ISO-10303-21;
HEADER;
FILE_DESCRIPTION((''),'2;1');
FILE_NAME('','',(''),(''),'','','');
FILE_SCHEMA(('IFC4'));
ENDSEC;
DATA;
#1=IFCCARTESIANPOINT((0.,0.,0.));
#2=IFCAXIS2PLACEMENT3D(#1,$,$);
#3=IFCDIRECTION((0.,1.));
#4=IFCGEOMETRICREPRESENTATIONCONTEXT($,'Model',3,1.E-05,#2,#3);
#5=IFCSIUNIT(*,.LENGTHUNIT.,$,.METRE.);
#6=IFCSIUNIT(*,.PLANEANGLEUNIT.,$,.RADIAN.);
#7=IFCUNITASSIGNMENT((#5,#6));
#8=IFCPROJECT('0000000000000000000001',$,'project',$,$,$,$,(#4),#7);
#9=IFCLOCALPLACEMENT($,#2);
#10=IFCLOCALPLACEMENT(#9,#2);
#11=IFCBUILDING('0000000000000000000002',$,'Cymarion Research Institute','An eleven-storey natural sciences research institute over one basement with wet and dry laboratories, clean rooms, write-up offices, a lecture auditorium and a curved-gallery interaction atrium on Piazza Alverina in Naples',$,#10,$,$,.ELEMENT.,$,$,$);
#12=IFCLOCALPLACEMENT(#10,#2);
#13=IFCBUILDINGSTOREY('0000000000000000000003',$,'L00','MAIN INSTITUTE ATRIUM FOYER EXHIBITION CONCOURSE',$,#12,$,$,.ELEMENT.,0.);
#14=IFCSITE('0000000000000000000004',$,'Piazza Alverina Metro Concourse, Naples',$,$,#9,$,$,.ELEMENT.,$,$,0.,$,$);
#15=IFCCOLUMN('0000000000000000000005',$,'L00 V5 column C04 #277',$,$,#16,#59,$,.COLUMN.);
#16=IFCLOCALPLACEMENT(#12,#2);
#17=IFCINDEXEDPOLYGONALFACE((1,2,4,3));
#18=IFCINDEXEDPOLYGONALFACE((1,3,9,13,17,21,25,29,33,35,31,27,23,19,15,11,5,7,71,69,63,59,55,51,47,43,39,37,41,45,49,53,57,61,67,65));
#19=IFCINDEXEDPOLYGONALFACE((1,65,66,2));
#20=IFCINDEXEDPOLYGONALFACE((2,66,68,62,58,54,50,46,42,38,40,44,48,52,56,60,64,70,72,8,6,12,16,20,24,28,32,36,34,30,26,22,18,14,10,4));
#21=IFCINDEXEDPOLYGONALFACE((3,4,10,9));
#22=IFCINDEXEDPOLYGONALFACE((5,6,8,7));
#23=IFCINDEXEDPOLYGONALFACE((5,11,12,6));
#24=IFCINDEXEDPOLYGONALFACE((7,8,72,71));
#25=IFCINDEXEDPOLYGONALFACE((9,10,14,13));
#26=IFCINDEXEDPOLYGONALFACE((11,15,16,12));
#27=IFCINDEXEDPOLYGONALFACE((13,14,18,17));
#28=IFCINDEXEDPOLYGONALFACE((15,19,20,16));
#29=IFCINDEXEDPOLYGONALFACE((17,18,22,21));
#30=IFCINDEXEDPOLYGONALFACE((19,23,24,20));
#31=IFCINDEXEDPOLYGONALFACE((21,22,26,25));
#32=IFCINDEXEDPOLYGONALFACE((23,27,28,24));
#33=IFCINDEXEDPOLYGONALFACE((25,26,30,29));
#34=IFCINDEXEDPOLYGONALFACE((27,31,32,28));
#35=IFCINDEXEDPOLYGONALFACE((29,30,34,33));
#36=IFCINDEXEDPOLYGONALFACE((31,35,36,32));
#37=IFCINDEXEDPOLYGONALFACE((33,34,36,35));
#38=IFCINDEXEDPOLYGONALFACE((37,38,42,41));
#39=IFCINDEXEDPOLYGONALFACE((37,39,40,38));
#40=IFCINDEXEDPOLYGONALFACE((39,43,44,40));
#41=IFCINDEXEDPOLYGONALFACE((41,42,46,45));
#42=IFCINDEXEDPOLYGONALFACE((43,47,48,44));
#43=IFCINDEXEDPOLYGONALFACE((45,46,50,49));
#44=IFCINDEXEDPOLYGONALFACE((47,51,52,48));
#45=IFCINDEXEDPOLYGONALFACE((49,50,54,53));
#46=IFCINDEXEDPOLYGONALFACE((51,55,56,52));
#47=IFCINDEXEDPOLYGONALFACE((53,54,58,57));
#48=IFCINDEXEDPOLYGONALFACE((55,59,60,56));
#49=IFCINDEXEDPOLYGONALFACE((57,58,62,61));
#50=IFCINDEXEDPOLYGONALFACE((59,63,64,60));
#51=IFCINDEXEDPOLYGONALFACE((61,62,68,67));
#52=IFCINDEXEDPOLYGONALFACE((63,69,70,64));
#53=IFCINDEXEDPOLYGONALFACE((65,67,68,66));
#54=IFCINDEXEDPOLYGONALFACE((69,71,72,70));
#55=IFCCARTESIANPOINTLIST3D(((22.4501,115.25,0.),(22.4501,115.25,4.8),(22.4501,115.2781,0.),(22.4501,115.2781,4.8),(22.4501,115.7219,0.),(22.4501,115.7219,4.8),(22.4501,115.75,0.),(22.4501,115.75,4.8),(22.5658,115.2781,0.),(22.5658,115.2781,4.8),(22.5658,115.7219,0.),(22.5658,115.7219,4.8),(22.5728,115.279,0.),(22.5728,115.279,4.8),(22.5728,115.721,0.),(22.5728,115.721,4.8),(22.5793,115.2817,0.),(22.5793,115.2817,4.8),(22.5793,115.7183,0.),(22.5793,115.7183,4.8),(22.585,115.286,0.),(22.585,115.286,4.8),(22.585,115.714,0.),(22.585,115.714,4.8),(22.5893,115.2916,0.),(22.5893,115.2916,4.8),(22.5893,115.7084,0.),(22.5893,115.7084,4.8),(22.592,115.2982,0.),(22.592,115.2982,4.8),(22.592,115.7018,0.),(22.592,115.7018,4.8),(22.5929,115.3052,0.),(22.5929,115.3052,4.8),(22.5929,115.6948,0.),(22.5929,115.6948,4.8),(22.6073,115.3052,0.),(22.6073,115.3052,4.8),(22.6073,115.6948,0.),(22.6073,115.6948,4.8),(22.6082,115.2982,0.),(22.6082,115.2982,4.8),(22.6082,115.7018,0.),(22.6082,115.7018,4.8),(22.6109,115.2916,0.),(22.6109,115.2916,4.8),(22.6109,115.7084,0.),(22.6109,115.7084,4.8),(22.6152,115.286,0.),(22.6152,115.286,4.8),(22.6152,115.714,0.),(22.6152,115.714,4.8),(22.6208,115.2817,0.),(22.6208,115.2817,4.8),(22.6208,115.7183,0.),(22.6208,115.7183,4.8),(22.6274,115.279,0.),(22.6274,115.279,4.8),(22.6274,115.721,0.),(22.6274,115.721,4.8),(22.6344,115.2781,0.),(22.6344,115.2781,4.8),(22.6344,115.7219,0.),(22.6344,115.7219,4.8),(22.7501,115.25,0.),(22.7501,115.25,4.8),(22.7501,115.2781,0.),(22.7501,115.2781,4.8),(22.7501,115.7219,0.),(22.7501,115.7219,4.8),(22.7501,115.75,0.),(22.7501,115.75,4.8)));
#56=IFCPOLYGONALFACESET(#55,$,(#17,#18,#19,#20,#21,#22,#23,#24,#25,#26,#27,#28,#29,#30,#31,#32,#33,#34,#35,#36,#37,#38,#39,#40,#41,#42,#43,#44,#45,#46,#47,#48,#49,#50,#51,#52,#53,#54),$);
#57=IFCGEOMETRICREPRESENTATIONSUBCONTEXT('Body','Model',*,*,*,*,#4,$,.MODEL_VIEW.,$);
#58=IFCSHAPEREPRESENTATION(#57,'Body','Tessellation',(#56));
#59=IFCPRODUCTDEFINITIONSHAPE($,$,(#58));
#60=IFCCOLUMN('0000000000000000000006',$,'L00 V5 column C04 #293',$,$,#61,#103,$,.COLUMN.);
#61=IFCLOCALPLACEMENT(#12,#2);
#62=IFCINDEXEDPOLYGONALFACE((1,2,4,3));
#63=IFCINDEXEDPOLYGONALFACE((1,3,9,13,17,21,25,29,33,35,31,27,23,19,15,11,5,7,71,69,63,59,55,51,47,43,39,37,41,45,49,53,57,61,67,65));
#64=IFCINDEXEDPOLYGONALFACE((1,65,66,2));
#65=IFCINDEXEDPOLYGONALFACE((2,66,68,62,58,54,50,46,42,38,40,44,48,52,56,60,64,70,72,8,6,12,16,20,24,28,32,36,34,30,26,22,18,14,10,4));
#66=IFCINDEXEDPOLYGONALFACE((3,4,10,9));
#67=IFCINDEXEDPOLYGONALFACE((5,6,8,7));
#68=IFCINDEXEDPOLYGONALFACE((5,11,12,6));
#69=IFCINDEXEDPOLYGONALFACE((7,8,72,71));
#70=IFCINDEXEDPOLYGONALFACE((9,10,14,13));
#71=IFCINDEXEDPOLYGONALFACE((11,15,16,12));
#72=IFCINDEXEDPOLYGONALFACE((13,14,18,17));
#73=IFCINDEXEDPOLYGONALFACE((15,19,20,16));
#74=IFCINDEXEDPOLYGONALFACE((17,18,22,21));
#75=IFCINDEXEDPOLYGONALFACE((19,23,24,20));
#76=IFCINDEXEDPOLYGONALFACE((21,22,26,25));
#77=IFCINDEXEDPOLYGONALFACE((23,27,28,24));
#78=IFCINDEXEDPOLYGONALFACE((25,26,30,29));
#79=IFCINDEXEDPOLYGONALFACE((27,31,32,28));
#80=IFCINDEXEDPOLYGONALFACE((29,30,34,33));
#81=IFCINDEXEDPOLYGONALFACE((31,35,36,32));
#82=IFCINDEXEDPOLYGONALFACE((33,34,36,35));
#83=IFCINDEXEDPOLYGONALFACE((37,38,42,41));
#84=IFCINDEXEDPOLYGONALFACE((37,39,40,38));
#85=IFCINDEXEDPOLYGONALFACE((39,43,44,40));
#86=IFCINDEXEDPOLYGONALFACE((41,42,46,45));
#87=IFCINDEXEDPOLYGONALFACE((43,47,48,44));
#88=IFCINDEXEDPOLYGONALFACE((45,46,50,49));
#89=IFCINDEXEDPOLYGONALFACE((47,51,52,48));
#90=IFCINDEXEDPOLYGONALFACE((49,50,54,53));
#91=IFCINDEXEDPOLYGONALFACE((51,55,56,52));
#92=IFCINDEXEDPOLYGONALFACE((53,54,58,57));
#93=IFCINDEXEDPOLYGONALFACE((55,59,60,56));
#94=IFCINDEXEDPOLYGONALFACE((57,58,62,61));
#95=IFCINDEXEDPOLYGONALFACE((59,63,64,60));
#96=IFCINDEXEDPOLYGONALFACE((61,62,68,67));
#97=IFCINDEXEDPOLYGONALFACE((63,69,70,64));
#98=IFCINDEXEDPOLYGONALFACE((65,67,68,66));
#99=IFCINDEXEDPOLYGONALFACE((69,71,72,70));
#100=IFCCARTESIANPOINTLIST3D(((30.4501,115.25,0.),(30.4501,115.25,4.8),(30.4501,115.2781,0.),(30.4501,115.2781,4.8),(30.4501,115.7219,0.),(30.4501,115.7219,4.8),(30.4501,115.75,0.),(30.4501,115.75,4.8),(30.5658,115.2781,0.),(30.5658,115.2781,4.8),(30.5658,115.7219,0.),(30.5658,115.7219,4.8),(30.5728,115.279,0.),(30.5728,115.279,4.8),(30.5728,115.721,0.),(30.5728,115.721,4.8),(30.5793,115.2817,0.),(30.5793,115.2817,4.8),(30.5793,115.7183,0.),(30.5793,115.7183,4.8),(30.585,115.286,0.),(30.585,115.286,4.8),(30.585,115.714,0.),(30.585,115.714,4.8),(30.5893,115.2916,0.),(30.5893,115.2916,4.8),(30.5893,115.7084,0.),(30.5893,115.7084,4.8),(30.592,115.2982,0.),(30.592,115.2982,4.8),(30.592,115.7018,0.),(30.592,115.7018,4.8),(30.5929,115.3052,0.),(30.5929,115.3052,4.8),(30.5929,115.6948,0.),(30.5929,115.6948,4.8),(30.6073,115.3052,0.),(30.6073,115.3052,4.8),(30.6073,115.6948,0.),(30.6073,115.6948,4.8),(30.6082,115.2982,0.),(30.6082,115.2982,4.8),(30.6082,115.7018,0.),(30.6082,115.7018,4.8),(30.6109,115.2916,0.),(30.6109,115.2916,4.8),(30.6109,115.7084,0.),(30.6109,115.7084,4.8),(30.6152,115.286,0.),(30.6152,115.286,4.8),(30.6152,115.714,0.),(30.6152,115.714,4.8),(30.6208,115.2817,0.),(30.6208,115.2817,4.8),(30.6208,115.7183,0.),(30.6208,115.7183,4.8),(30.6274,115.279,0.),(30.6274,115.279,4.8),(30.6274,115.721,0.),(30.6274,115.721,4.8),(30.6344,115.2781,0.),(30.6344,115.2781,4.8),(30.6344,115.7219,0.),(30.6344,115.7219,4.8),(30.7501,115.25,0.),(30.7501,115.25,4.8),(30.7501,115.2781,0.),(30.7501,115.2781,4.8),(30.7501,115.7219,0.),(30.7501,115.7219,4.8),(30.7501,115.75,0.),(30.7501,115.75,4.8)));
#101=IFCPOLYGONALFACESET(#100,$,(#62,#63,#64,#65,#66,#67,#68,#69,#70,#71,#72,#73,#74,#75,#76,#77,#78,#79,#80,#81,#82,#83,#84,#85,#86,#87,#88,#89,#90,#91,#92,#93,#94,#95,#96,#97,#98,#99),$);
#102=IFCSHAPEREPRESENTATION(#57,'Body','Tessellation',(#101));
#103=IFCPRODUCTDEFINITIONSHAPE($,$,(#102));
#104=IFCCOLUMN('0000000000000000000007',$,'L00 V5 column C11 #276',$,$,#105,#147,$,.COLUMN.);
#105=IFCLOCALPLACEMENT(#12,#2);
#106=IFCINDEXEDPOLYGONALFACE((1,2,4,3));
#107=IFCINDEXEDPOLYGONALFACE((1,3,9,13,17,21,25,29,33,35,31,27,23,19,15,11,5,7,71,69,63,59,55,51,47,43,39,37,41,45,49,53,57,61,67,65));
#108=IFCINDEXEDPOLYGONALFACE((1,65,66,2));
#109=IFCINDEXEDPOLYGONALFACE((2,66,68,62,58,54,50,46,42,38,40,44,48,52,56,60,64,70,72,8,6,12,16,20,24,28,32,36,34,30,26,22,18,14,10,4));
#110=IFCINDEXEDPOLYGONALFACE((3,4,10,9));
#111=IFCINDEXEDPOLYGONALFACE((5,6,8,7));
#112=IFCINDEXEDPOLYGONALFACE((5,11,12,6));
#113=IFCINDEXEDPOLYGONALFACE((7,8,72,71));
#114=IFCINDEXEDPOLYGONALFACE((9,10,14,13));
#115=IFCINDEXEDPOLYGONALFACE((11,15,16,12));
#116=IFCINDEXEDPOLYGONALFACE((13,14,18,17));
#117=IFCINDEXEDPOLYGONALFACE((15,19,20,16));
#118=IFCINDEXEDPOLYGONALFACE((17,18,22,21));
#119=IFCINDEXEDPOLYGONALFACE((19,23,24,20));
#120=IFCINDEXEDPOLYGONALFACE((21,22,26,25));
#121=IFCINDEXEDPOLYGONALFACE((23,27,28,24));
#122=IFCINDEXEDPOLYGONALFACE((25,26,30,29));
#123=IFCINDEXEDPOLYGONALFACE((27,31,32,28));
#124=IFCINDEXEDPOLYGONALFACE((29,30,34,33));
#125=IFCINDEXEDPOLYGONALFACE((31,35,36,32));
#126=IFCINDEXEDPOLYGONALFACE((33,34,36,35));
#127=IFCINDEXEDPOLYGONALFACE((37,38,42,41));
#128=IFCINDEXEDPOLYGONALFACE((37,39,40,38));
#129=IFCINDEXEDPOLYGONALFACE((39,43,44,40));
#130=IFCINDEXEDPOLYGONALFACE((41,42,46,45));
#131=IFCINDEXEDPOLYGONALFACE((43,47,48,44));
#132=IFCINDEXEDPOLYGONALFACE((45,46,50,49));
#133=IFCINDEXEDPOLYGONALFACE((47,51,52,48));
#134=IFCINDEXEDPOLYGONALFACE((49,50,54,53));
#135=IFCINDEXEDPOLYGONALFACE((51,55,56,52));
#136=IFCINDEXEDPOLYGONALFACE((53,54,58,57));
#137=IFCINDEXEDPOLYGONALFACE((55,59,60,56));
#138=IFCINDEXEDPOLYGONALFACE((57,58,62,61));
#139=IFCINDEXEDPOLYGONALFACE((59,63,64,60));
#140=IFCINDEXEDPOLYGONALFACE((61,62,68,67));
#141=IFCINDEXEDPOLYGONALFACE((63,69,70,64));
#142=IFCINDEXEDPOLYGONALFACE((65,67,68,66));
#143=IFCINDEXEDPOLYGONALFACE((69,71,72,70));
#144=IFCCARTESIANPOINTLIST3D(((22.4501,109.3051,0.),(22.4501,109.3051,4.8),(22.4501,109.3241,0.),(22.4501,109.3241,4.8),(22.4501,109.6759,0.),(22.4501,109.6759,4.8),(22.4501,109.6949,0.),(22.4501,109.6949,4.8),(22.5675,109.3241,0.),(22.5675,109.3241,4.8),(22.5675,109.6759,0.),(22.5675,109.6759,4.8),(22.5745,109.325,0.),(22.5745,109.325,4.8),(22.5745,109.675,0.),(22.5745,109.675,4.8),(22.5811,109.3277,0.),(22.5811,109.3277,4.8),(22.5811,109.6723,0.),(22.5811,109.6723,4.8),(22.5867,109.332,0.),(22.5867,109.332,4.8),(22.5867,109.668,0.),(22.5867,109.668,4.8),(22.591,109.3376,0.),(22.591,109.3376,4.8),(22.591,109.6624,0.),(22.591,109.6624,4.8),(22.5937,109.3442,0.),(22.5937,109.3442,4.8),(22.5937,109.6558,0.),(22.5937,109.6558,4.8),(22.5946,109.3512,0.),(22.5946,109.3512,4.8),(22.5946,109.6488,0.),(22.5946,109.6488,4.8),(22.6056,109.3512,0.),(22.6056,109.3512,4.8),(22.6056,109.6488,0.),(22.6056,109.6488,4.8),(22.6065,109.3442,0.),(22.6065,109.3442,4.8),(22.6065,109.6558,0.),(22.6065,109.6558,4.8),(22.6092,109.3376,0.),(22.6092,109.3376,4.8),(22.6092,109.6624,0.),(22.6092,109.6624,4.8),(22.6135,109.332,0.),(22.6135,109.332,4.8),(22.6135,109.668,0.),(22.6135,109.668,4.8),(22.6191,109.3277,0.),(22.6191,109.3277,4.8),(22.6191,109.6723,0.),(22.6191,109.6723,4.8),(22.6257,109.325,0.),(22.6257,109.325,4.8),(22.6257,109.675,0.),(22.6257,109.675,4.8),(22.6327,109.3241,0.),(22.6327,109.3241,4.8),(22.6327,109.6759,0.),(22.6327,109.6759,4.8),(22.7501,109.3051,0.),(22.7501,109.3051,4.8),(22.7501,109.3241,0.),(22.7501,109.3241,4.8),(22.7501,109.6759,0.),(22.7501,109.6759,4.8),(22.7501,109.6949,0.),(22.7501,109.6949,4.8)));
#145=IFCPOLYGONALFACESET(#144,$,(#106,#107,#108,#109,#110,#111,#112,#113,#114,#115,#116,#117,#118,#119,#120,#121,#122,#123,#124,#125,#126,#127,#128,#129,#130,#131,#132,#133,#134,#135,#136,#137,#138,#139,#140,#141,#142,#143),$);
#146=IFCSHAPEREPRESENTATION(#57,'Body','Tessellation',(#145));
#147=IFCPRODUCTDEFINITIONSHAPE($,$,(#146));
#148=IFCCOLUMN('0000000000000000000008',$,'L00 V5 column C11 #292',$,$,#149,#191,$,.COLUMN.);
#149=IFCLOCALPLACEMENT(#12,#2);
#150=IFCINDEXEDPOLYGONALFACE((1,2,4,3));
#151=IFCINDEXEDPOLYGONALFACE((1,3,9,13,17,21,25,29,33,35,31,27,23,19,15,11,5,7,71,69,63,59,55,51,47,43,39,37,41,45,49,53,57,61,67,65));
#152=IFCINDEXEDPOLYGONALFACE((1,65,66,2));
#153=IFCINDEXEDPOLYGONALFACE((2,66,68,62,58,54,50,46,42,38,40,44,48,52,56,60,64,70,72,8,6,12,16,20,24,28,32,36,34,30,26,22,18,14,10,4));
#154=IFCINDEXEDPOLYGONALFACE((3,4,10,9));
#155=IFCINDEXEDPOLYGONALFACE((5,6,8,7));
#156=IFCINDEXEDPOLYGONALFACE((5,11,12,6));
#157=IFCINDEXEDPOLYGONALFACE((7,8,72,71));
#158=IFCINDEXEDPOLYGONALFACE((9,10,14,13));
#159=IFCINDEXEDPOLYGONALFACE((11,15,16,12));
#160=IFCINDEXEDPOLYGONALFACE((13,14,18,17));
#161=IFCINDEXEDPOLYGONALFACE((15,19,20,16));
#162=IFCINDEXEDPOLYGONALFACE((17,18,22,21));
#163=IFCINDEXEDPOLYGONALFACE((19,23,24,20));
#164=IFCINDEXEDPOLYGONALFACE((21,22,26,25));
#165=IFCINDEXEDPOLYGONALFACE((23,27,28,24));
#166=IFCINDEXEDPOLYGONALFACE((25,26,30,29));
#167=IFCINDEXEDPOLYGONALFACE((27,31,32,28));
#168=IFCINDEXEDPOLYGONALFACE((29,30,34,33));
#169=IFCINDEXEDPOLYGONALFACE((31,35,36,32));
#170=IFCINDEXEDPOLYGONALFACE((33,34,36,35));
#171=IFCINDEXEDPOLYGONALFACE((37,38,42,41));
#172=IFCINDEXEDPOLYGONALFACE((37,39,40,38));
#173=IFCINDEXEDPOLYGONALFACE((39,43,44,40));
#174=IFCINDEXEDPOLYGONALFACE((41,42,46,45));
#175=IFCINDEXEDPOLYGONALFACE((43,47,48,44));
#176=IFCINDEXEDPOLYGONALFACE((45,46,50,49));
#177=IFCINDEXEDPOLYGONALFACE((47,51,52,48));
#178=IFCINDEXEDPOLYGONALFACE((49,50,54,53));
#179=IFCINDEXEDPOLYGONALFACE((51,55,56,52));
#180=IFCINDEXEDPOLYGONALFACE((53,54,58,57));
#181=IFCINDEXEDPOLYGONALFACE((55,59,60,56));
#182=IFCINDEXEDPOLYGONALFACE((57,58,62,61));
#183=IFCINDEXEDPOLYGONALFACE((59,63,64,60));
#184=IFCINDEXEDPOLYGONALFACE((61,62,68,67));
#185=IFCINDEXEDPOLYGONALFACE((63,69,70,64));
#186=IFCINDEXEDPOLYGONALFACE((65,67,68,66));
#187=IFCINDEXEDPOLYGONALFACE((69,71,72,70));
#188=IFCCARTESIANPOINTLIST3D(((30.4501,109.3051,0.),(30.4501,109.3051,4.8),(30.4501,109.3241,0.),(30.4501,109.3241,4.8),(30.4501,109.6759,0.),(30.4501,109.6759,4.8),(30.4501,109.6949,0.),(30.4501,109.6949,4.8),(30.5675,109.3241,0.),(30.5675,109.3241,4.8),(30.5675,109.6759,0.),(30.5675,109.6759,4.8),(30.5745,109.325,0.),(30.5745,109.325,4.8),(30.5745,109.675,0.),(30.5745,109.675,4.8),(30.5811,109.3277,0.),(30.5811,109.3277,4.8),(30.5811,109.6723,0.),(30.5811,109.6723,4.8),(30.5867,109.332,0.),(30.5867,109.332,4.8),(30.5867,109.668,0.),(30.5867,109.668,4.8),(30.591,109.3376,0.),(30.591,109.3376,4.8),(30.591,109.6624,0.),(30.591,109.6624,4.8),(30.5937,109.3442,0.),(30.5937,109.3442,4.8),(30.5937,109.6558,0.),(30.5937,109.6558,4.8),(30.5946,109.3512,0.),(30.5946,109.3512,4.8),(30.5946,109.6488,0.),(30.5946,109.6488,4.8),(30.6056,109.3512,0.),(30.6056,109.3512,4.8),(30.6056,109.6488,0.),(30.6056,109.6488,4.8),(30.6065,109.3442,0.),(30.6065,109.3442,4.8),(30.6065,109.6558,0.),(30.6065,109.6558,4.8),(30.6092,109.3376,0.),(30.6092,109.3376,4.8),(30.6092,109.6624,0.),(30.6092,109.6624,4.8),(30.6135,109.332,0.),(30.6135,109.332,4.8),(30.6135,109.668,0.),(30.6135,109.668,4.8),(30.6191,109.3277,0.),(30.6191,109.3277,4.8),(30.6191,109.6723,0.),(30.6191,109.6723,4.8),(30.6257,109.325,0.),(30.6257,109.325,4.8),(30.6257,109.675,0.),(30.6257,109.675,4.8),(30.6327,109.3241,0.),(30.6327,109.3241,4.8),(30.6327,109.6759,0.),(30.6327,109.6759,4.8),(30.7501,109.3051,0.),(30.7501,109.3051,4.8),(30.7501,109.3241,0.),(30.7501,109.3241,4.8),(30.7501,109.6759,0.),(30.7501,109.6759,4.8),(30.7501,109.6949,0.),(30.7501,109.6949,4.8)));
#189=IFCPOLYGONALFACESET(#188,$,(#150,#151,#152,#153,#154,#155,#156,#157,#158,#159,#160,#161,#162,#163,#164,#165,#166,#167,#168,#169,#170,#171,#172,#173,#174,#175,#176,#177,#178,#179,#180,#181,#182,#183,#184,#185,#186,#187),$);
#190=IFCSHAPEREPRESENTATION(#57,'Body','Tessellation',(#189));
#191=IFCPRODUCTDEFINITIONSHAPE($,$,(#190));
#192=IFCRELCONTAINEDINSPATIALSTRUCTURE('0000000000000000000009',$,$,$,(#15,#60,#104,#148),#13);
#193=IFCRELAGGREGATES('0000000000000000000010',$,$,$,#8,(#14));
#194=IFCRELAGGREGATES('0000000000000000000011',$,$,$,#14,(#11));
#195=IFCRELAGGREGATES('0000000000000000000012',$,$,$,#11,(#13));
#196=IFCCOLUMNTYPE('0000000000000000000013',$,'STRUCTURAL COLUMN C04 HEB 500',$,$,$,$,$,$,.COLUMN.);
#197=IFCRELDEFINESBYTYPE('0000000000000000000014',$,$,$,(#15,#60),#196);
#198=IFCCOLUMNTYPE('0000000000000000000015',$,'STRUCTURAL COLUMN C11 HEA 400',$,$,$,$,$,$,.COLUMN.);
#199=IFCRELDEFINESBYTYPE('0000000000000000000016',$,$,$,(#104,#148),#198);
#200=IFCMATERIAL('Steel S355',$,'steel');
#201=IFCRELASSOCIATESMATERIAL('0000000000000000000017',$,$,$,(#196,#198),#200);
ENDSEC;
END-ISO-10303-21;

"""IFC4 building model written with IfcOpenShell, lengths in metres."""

from ifc_helpers import new_model, si_unit, direction, frame, origin, origin_2d, place, context, subcontext, project, spatial, i_section, extrude, material, material_profile, profile_set, type_object, element, save


model = new_model("IFC4")

# Units and contexts
model_context = context("Model", 3, precision=1e-05, world=origin(), true_north=direction((0.0, 1.0)))
body_context = subcontext(model_context, "Body", "Model", "MODEL_VIEW")
ifc_project = project(units=[si_unit("LENGTHUNIT", "METRE"), si_unit("PLANEANGLEUNIT", "RADIAN")], contexts=[model_context])

# Site, building, storey
site_placement = place(None, origin())
site = spatial("IfcSite", under=ifc_project, at=site_placement, Name="Piazza Alverina Metro Concourse, Naples", CompositionType="ELEMENT", RefElevation=0.0)
building_placement = place(site_placement, origin())
building = spatial("IfcBuilding", under=site, at=building_placement, Name="Cymarion Research Institute", Description="An eleven-storey natural sciences research institute over one basement with wet and dry laboratories, clean rooms, write-up offices, a lecture auditorium and a curved-gallery interaction atrium on Piazza Alverina in Naples", CompositionType="ELEMENT")
storey_placement = place(building_placement, origin())
storey = spatial("IfcBuildingStorey", under=building, at=storey_placement, Name="L00", Description="MAIN INSTITUTE ATRIUM FOYER EXHIBITION CONCOURSE", CompositionType="ELEMENT", Elevation=0.0)

# Columns
ifc_material_1 = material(Name="Steel S355", Category="steel")
ifc_material_profile_1 = material_profile(ifc_material_1, i_section(OverallWidth=0.3, OverallDepth=0.5, WebThickness=0.0144, FlangeThickness=0.0281, FilletRadius=0.0271, at=origin_2d()), Name="HEB 500")
ifc_profile_set_1 = profile_set([ifc_material_profile_1], Name="Steel S355")
column_type_1 = type_object("IfcColumnType", Name="STRUCTURAL COLUMN C04 HEB 500", PredefinedType="COLUMN", material=ifc_profile_set_1)
for number, where, z_axis, x_axis, name in (
    (1, (22.6001, 115.5, 0.0), (0.0, 0.0, 1.0), (1.0, 0.0, 0.0), "L00 V5 column C04 #277"),
    (2, (30.6001, 115.5, 0.0), (0.0, 0.0, 1.0), (1.0, 0.0, 0.0), "L00 V5 column C04 #293"),
):
    element("IfcColumn", number, at=place(storey_placement, frame(where, z_axis=z_axis, x_axis=x_axis)), inside=storey, type_object=column_type_1, Name=name, PredefinedType="COLUMN", context=body_context, shape_type="SweptSolid", body=[
        extrude(i_section(OverallWidth=0.3, OverallDepth=0.5, WebThickness=0.0144, FlangeThickness=0.0281, FilletRadius=0.0271, at=origin_2d()), origin(), (0.0, 0.0, 1.0), 4.8),
    ])
ifc_material_profile_2 = material_profile(ifc_material_1, i_section(OverallWidth=0.3, OverallDepth=0.3899, WebThickness=0.011, FlangeThickness=0.019, FilletRadius=0.0271, at=origin_2d()), Name="HEA 400")
ifc_profile_set_2 = profile_set([ifc_material_profile_2], Name="Steel S355")
column_type_2 = type_object("IfcColumnType", Name="STRUCTURAL COLUMN C11 HEA 400", PredefinedType="COLUMN", material=ifc_profile_set_2)
for number, where, z_axis, x_axis, name in (
    (3, (22.6001, 109.5, 0.0), (0.0, 0.0, 1.0), (1.0, 0.0, 0.0), "L00 V5 column C11 #276"),
    (4, (30.6001, 109.5, 0.0), (0.0, 0.0, 1.0), (1.0, 0.0, 0.0), "L00 V5 column C11 #292"),
):
    element("IfcColumn", number, at=place(storey_placement, frame(where, z_axis=z_axis, x_axis=x_axis)), inside=storey, type_object=column_type_2, Name=name, PredefinedType="COLUMN", context=body_context, shape_type="SweptSolid", body=[
        extrude(i_section(OverallWidth=0.3, OverallDepth=0.3899, WebThickness=0.011, FlangeThickness=0.019, FilletRadius=0.0271, at=origin_2d()), origin(), (0.0, 0.0, 1.0), 4.8),
    ])

save(model, "model.ifc")
